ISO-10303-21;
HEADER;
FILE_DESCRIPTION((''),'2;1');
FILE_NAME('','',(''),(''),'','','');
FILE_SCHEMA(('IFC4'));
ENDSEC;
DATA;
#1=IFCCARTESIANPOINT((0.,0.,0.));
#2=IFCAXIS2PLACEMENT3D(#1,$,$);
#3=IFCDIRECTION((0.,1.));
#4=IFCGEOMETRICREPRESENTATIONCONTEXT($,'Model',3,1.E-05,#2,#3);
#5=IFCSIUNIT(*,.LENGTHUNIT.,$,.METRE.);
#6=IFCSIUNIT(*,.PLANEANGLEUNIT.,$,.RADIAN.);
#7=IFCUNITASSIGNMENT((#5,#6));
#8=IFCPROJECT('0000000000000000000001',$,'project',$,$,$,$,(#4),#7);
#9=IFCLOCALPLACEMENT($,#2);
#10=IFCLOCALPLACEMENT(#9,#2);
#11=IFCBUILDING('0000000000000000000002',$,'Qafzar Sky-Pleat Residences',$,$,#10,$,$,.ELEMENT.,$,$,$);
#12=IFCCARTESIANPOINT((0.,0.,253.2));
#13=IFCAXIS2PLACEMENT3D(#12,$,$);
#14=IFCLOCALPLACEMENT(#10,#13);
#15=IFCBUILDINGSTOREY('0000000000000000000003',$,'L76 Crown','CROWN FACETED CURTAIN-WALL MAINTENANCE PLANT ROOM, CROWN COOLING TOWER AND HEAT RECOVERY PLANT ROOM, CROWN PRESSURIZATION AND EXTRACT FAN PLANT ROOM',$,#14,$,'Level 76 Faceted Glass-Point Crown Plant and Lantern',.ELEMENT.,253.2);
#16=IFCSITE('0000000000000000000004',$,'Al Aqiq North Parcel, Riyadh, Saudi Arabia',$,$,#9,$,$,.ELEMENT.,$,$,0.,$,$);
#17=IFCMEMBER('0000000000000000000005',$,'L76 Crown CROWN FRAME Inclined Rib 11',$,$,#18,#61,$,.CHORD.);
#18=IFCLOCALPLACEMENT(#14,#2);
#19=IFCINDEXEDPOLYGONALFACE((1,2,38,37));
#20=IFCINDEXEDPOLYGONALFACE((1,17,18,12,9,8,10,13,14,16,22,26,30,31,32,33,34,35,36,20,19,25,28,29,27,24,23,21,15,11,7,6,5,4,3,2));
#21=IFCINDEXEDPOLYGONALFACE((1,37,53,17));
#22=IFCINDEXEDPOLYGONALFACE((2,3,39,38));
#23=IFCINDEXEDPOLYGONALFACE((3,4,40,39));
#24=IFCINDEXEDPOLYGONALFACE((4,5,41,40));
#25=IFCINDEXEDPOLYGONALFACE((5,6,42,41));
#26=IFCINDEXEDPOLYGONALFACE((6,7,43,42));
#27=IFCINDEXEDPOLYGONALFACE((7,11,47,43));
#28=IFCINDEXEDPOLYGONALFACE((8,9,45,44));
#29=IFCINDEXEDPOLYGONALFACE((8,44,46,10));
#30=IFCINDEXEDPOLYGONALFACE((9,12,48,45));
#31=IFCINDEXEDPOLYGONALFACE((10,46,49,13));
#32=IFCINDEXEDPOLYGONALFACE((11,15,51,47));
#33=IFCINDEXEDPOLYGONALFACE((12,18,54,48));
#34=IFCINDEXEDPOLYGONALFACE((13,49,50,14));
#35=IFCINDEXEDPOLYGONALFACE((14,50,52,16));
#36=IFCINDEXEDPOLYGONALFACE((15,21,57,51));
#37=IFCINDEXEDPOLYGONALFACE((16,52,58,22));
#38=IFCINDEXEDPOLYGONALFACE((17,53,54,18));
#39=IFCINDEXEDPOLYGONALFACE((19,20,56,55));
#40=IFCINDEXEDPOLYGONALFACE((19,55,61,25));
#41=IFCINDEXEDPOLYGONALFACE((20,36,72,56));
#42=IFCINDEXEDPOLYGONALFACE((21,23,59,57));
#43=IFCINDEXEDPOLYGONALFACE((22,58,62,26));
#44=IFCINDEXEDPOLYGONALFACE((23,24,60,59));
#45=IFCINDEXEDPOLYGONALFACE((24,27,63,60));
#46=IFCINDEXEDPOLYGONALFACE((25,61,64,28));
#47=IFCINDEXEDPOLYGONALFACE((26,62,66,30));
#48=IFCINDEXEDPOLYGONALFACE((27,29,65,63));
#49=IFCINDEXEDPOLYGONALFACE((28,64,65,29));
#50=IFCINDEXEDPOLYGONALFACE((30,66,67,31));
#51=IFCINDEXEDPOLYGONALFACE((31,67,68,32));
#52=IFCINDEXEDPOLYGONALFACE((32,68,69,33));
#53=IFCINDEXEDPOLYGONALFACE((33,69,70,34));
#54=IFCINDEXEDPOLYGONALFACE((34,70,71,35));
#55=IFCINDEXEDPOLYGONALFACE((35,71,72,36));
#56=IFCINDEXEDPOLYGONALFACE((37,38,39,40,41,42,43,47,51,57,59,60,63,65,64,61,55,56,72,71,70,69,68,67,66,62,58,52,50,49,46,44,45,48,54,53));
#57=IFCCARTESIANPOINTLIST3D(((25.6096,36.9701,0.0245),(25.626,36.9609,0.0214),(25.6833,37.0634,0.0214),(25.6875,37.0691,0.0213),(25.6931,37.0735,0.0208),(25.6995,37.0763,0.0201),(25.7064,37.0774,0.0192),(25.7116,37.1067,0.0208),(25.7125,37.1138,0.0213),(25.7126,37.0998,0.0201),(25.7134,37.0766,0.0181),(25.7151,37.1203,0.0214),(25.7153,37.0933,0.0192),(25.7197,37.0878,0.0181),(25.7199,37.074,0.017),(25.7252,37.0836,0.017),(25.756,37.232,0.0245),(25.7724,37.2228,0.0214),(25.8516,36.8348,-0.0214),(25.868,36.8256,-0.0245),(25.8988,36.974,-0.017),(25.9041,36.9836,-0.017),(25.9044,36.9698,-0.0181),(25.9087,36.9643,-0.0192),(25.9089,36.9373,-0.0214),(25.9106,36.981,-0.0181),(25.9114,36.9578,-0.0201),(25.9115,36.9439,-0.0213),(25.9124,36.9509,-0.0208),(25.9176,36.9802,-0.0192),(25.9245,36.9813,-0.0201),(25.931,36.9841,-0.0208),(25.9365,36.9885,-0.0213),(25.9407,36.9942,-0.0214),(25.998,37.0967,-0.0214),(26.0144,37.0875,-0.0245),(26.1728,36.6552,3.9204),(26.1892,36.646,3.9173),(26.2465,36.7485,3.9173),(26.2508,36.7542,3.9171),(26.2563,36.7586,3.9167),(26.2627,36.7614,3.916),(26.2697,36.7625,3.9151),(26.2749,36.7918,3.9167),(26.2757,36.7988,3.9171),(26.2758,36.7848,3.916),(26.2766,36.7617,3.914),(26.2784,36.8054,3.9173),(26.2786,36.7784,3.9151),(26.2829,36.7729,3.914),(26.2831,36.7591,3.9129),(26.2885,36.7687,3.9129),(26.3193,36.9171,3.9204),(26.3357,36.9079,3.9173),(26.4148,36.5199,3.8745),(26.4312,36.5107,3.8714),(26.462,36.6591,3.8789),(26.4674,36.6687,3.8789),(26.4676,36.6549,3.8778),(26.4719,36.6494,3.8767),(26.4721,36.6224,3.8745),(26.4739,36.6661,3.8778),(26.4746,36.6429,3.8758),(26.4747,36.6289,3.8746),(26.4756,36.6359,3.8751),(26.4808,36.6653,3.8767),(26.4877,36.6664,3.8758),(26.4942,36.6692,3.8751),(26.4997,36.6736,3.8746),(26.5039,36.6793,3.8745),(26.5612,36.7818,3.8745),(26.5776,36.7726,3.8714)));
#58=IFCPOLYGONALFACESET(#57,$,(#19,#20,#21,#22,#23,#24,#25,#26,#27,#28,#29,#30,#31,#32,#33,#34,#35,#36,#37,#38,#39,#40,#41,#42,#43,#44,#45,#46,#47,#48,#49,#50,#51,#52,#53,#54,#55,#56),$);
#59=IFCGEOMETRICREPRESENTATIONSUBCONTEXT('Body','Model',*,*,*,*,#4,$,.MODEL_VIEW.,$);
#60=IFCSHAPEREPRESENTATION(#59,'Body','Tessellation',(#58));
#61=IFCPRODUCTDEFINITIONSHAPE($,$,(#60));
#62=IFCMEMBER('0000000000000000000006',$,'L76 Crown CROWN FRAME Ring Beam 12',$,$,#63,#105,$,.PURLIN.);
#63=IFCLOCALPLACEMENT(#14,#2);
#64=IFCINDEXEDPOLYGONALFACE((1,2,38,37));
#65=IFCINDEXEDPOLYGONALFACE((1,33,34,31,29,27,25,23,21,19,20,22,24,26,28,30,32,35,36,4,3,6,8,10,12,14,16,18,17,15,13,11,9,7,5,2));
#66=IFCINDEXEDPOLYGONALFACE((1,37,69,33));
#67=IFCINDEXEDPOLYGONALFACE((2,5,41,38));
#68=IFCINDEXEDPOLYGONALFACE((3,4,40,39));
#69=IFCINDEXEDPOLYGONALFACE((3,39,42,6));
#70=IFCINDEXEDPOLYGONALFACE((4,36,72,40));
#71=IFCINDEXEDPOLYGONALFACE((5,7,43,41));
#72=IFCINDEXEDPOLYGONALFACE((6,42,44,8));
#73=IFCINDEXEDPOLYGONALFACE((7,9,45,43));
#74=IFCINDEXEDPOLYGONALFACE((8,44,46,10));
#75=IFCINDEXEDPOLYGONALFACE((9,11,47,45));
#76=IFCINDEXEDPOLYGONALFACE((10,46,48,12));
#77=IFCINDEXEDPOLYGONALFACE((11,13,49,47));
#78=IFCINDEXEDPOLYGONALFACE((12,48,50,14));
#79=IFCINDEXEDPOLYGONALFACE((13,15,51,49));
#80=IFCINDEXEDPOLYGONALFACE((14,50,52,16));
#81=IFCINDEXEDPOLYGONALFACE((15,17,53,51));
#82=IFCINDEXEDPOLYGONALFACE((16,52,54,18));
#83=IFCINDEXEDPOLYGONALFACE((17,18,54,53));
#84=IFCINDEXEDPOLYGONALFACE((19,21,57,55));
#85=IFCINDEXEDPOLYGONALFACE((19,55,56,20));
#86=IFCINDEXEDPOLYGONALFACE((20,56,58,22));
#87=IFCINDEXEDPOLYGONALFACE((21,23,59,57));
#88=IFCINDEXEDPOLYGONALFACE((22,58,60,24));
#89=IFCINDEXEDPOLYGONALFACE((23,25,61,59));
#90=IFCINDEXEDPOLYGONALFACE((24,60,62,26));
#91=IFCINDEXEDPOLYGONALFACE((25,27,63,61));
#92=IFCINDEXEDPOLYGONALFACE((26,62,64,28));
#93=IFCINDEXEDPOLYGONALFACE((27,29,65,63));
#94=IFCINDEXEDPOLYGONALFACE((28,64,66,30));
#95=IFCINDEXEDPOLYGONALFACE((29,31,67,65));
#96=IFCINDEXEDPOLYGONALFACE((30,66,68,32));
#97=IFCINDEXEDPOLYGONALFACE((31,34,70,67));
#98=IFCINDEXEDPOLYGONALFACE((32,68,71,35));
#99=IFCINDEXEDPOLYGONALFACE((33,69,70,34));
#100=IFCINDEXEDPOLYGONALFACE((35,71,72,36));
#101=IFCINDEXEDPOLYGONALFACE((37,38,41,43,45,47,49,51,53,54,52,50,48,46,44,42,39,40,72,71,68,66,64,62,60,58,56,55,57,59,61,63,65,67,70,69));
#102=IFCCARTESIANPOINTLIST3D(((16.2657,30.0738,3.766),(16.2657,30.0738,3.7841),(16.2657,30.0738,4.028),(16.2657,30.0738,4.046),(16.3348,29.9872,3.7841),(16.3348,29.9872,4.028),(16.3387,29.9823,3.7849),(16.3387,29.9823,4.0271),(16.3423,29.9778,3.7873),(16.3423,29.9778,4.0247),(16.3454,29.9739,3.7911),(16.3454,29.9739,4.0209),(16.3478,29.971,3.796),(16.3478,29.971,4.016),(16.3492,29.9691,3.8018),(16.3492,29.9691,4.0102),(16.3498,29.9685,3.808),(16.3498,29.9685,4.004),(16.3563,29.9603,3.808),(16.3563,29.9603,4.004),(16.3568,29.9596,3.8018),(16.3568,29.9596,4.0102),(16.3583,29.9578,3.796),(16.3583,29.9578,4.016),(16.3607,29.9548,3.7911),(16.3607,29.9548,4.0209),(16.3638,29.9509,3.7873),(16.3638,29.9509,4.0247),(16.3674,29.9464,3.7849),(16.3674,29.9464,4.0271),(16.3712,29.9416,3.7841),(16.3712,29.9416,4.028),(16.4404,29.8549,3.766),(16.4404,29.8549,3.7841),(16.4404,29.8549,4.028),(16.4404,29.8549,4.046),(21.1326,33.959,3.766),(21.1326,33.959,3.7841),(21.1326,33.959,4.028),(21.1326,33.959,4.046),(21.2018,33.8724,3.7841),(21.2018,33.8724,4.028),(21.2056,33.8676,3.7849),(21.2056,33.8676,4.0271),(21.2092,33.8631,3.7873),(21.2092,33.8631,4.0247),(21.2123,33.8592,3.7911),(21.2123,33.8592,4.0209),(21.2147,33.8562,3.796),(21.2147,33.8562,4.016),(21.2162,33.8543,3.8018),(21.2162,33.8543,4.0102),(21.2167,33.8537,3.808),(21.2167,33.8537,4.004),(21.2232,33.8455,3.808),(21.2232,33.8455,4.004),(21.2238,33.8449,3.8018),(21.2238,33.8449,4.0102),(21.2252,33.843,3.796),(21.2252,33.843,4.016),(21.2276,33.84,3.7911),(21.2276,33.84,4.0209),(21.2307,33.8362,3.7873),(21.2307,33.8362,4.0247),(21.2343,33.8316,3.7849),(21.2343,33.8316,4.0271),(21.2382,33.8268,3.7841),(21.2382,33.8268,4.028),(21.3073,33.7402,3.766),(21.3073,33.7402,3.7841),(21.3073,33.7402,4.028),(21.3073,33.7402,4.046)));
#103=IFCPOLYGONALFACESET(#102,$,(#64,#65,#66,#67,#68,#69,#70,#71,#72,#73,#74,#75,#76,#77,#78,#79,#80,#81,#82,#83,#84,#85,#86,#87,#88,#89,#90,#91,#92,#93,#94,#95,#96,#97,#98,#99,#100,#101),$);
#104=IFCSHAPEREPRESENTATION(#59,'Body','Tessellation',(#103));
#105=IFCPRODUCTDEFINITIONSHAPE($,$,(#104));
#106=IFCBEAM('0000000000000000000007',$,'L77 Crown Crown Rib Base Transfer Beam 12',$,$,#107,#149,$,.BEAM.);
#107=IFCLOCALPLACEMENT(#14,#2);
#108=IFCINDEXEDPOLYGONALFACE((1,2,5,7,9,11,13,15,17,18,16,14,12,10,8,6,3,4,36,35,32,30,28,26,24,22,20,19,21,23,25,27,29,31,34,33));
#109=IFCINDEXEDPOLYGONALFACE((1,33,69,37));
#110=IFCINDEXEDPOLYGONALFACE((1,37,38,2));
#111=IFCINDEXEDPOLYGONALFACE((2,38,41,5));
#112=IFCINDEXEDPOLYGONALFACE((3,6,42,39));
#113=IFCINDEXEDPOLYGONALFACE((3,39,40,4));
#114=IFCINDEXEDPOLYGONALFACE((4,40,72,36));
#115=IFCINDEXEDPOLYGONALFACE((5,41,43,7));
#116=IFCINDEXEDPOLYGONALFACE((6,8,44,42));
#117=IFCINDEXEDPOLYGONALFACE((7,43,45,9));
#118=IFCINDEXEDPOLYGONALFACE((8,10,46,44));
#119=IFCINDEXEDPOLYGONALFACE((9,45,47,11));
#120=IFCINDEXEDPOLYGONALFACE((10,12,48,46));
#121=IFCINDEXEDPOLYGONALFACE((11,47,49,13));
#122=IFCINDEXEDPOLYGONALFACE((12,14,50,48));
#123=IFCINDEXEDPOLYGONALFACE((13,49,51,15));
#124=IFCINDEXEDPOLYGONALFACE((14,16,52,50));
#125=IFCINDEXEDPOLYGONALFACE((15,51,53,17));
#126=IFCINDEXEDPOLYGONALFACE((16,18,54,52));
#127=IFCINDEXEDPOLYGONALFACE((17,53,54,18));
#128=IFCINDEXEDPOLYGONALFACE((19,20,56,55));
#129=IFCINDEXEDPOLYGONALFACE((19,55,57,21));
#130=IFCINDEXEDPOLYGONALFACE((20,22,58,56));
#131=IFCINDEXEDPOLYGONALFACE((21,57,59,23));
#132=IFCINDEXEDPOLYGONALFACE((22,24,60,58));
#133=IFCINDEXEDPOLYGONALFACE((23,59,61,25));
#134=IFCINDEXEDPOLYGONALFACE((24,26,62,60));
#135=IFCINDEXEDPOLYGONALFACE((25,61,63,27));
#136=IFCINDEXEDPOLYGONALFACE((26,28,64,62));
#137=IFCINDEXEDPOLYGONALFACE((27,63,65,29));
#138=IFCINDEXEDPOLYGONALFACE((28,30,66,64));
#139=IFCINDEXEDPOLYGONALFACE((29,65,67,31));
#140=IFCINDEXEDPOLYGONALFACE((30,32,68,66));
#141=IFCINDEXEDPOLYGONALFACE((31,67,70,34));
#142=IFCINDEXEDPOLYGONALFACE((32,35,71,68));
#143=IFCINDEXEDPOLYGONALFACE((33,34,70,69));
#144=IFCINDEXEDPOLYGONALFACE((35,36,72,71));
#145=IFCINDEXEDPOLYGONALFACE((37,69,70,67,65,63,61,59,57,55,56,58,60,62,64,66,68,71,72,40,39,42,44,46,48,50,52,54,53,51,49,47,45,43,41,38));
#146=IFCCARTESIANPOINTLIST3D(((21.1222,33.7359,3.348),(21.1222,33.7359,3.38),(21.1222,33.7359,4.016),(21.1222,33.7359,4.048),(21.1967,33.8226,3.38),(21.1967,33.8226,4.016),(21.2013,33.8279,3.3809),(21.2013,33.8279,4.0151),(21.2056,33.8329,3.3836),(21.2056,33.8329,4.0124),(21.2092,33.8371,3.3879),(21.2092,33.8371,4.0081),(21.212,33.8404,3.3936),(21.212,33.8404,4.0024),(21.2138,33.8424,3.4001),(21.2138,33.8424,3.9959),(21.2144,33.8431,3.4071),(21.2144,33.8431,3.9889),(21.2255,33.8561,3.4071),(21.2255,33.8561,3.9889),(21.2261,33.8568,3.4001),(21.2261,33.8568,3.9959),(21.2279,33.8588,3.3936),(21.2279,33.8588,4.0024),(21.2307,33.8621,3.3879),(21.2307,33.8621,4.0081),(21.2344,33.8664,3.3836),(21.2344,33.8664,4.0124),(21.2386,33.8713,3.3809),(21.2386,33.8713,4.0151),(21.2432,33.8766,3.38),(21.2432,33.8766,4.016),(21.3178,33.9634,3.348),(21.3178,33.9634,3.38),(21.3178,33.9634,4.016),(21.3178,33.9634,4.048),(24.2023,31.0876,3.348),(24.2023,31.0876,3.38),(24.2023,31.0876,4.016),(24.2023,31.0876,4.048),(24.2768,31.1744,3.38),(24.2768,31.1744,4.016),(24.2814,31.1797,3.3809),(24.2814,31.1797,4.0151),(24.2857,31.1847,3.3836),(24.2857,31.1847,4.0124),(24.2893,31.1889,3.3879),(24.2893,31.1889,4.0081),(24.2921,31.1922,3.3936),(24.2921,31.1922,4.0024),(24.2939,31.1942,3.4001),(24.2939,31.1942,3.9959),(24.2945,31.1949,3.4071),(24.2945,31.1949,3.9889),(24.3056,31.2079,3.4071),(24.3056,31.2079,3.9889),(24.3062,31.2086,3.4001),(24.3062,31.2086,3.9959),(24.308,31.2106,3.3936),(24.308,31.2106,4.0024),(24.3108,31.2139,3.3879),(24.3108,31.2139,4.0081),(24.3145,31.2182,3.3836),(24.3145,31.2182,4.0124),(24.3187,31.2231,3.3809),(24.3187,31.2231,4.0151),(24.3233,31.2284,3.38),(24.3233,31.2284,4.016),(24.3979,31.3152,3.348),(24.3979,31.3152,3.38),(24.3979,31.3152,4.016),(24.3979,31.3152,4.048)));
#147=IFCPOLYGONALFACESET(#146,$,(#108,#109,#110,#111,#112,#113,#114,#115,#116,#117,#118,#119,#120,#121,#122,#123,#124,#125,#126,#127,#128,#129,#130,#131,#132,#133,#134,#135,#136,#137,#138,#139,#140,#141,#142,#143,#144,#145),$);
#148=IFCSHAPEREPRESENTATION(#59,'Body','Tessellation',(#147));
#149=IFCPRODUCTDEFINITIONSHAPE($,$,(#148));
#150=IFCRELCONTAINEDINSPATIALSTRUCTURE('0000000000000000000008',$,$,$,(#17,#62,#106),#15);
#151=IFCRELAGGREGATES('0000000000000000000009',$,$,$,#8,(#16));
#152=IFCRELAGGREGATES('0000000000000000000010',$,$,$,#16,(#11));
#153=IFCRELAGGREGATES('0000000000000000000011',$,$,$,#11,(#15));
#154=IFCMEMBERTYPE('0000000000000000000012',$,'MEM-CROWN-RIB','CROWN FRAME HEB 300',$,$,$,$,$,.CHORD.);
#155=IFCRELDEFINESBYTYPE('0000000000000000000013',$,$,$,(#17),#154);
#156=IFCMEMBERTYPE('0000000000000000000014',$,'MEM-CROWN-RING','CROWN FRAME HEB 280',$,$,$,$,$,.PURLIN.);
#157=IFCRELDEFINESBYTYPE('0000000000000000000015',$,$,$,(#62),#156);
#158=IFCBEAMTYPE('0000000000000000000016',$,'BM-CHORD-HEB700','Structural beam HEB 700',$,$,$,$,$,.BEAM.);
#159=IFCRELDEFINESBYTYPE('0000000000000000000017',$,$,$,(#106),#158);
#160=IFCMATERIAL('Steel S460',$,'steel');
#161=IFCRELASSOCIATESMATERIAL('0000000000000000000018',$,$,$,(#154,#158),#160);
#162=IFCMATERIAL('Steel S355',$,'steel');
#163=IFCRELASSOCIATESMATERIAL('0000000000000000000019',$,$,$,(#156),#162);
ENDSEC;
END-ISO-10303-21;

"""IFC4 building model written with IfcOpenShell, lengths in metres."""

from ifc_helpers import new_model, si_unit, direction, frame, origin, origin_2d, place, context, subcontext, project, spatial, i_section, extrude, source, transform, mapped, material, material_profile, profile_set, type_object, element, save


model = new_model("IFC4")

# Units and contexts
model_context = context("Model", 3, precision=1e-05, world=origin(), true_north=direction((0.0, 1.0)))
body_context = subcontext(model_context, "Body", "Model", "MODEL_VIEW")
ifc_project = project(units=[si_unit("LENGTHUNIT", "METRE"), si_unit("PLANEANGLEUNIT", "RADIAN")], contexts=[model_context])

# Site, building, storey
site_placement = place(None, origin())
site = spatial("IfcSite", under=ifc_project, at=site_placement, Name="Al Aqiq North Parcel, Riyadh, Saudi Arabia", CompositionType="ELEMENT", RefElevation=0.0)
building_placement = place(site_placement, origin())
building = spatial("IfcBuilding", under=site, at=building_placement, Name="Qafzar Sky-Pleat Residences", CompositionType="ELEMENT")
storey_placement = place(building_placement, frame((0.0, 0.0, 253.2)))
storey = spatial("IfcBuildingStorey", under=building, at=storey_placement, Name="L76 Crown", Description="CROWN FACETED CURTAIN-WALL MAINTENANCE PLANT ROOM, CROWN COOLING TOWER AND HEAT RECOVERY PLANT ROOM, CROWN PRESSURIZATION AND EXTRACT FAN PLANT ROOM", LongName="Level 76 Faceted Glass-Point Crown Plant and Lantern", CompositionType="ELEMENT", Elevation=253.2)

# Members
ifc_material_1 = material(Name="Steel S460", Category="steel")
ifc_material_profile_1 = material_profile(ifc_material_1, i_section(OverallWidth=0.3, OverallDepth=0.3, WebThickness=0.011, FlangeThickness=0.019, FilletRadius=0.0271, at=origin_2d()), Name="HEB 300")
ifc_profile_set_1 = profile_set([ifc_material_profile_1], Name="Steel S460")
member_type_1 = type_object("IfcMemberType", Name="MEM-CROWN-RIB", Description="CROWN FRAME HEB 300", PredefinedType="CHORD", material=ifc_profile_set_1)
shared_shape_1 = source(origin(), body_context, "Body", "SweptSolid", [
    extrude(i_section(OverallWidth=0.3, OverallDepth=0.3, WebThickness=0.011, FlangeThickness=0.019, FilletRadius=0.0271, at=origin_2d()), origin(), (0.0, 0.0, 1.0), 3.949),
])
member_1_placement = place(storey_placement, frame((25.812, 37.0288, 0.0), z_axis=(0.142624, -0.079751, 0.986559), x_axis=(0.48805, 0.872816, 0.0)))
element("IfcMember", 1, at=member_1_placement, inside=storey, type_object=member_type_1, Name="L76 Crown CROWN FRAME Inclined Rib 11", PredefinedType="CHORD", context=body_context, shape_type="MappedRepresentation", body=[
    mapped(shared_shape_1, transform((0.0, 0.0, 0.0), x_axis=(1.0, 0.0, 0.0), y_axis=(0.0, 1.0, 0.0), z_axis=(0.0, 0.0, 1.0), scale=1.0)),
])
ifc_material_2 = material(Name="Steel S355", Category="steel")
ifc_material_profile_2 = material_profile(ifc_material_2, i_section(OverallWidth=0.28, OverallDepth=0.28, WebThickness=0.0105, FlangeThickness=0.0181, FilletRadius=0.0239, at=origin_2d()), Name="HEB 280")
ifc_profile_set_2 = profile_set([ifc_material_profile_2], Name="Steel S355")
member_type_2 = type_object("IfcMemberType", Name="MEM-CROWN-RING", Description="CROWN FRAME HEB 280", PredefinedType="PURLIN", material=ifc_profile_set_2)
shared_shape_2 = source(origin(), body_context, "Body", "SweptSolid", [
    extrude(i_section(OverallWidth=0.28, OverallDepth=0.28, WebThickness=0.0105, FlangeThickness=0.0181, FilletRadius=0.0239, at=origin_2d()), origin(), (0.0, 0.0, 1.0), 6.2275),
])
member_2_placement = place(storey_placement, frame((21.22, 33.8496, 3.906), z_axis=(-0.781519, -0.623882, 0.0), x_axis=(0.623882, -0.781519, 0.0)))
element("IfcMember", 2, at=member_2_placement, inside=storey, type_object=member_type_2, Name="L76 Crown CROWN FRAME Ring Beam 12", PredefinedType="PURLIN", context=body_context, shape_type="MappedRepresentation", body=[
    mapped(shared_shape_2, transform((0.0, 0.0, 0.0), x_axis=(1.0, 0.0, 0.0), y_axis=(0.0, 1.0, 0.0), z_axis=(0.0, 0.0, 1.0), scale=1.0)),
])

# Beam
ifc_material_profile_3 = material_profile(ifc_material_1, i_section(OverallWidth=0.3, OverallDepth=0.7, WebThickness=0.0171, FlangeThickness=0.032, FilletRadius=0.0271, at=origin_2d()), Name="HEB 700")
ifc_profile_set_3 = profile_set([ifc_material_profile_3], Name="Steel S460")
beam_type = type_object("IfcBeamType", Name="BM-CHORD-HEB700", Description="Structural beam HEB 700", PredefinedType="BEAM", material=ifc_profile_set_3)
shared_shape_3 = source(origin(), body_context, "Body", "SweptSolid", [
    extrude(i_section(OverallWidth=0.3, OverallDepth=0.7, WebThickness=0.0171, FlangeThickness=0.032, FilletRadius=0.0271, at=origin_2d()), origin(), (0.0, 0.0, 1.0), 4.062),
])
beam_1_placement = place(storey_placement, frame((21.22, 33.8496, 3.698), z_axis=(0.758267, -0.651944, 0.0), x_axis=(0.651944, 0.758267, 0.0)))
element("IfcBeam", 3, at=beam_1_placement, inside=storey, type_object=beam_type, Name="L77 Crown Crown Rib Base Transfer Beam 12", PredefinedType="BEAM", context=body_context, shape_type="MappedRepresentation", body=[
    mapped(shared_shape_3, transform((0.0, 0.0, 0.0), x_axis=(1.0, 0.0, 0.0), y_axis=(0.0, 1.0, 0.0), z_axis=(0.0, 0.0, 1.0), scale=1.0)),
])

save(model, "model.ifc")
